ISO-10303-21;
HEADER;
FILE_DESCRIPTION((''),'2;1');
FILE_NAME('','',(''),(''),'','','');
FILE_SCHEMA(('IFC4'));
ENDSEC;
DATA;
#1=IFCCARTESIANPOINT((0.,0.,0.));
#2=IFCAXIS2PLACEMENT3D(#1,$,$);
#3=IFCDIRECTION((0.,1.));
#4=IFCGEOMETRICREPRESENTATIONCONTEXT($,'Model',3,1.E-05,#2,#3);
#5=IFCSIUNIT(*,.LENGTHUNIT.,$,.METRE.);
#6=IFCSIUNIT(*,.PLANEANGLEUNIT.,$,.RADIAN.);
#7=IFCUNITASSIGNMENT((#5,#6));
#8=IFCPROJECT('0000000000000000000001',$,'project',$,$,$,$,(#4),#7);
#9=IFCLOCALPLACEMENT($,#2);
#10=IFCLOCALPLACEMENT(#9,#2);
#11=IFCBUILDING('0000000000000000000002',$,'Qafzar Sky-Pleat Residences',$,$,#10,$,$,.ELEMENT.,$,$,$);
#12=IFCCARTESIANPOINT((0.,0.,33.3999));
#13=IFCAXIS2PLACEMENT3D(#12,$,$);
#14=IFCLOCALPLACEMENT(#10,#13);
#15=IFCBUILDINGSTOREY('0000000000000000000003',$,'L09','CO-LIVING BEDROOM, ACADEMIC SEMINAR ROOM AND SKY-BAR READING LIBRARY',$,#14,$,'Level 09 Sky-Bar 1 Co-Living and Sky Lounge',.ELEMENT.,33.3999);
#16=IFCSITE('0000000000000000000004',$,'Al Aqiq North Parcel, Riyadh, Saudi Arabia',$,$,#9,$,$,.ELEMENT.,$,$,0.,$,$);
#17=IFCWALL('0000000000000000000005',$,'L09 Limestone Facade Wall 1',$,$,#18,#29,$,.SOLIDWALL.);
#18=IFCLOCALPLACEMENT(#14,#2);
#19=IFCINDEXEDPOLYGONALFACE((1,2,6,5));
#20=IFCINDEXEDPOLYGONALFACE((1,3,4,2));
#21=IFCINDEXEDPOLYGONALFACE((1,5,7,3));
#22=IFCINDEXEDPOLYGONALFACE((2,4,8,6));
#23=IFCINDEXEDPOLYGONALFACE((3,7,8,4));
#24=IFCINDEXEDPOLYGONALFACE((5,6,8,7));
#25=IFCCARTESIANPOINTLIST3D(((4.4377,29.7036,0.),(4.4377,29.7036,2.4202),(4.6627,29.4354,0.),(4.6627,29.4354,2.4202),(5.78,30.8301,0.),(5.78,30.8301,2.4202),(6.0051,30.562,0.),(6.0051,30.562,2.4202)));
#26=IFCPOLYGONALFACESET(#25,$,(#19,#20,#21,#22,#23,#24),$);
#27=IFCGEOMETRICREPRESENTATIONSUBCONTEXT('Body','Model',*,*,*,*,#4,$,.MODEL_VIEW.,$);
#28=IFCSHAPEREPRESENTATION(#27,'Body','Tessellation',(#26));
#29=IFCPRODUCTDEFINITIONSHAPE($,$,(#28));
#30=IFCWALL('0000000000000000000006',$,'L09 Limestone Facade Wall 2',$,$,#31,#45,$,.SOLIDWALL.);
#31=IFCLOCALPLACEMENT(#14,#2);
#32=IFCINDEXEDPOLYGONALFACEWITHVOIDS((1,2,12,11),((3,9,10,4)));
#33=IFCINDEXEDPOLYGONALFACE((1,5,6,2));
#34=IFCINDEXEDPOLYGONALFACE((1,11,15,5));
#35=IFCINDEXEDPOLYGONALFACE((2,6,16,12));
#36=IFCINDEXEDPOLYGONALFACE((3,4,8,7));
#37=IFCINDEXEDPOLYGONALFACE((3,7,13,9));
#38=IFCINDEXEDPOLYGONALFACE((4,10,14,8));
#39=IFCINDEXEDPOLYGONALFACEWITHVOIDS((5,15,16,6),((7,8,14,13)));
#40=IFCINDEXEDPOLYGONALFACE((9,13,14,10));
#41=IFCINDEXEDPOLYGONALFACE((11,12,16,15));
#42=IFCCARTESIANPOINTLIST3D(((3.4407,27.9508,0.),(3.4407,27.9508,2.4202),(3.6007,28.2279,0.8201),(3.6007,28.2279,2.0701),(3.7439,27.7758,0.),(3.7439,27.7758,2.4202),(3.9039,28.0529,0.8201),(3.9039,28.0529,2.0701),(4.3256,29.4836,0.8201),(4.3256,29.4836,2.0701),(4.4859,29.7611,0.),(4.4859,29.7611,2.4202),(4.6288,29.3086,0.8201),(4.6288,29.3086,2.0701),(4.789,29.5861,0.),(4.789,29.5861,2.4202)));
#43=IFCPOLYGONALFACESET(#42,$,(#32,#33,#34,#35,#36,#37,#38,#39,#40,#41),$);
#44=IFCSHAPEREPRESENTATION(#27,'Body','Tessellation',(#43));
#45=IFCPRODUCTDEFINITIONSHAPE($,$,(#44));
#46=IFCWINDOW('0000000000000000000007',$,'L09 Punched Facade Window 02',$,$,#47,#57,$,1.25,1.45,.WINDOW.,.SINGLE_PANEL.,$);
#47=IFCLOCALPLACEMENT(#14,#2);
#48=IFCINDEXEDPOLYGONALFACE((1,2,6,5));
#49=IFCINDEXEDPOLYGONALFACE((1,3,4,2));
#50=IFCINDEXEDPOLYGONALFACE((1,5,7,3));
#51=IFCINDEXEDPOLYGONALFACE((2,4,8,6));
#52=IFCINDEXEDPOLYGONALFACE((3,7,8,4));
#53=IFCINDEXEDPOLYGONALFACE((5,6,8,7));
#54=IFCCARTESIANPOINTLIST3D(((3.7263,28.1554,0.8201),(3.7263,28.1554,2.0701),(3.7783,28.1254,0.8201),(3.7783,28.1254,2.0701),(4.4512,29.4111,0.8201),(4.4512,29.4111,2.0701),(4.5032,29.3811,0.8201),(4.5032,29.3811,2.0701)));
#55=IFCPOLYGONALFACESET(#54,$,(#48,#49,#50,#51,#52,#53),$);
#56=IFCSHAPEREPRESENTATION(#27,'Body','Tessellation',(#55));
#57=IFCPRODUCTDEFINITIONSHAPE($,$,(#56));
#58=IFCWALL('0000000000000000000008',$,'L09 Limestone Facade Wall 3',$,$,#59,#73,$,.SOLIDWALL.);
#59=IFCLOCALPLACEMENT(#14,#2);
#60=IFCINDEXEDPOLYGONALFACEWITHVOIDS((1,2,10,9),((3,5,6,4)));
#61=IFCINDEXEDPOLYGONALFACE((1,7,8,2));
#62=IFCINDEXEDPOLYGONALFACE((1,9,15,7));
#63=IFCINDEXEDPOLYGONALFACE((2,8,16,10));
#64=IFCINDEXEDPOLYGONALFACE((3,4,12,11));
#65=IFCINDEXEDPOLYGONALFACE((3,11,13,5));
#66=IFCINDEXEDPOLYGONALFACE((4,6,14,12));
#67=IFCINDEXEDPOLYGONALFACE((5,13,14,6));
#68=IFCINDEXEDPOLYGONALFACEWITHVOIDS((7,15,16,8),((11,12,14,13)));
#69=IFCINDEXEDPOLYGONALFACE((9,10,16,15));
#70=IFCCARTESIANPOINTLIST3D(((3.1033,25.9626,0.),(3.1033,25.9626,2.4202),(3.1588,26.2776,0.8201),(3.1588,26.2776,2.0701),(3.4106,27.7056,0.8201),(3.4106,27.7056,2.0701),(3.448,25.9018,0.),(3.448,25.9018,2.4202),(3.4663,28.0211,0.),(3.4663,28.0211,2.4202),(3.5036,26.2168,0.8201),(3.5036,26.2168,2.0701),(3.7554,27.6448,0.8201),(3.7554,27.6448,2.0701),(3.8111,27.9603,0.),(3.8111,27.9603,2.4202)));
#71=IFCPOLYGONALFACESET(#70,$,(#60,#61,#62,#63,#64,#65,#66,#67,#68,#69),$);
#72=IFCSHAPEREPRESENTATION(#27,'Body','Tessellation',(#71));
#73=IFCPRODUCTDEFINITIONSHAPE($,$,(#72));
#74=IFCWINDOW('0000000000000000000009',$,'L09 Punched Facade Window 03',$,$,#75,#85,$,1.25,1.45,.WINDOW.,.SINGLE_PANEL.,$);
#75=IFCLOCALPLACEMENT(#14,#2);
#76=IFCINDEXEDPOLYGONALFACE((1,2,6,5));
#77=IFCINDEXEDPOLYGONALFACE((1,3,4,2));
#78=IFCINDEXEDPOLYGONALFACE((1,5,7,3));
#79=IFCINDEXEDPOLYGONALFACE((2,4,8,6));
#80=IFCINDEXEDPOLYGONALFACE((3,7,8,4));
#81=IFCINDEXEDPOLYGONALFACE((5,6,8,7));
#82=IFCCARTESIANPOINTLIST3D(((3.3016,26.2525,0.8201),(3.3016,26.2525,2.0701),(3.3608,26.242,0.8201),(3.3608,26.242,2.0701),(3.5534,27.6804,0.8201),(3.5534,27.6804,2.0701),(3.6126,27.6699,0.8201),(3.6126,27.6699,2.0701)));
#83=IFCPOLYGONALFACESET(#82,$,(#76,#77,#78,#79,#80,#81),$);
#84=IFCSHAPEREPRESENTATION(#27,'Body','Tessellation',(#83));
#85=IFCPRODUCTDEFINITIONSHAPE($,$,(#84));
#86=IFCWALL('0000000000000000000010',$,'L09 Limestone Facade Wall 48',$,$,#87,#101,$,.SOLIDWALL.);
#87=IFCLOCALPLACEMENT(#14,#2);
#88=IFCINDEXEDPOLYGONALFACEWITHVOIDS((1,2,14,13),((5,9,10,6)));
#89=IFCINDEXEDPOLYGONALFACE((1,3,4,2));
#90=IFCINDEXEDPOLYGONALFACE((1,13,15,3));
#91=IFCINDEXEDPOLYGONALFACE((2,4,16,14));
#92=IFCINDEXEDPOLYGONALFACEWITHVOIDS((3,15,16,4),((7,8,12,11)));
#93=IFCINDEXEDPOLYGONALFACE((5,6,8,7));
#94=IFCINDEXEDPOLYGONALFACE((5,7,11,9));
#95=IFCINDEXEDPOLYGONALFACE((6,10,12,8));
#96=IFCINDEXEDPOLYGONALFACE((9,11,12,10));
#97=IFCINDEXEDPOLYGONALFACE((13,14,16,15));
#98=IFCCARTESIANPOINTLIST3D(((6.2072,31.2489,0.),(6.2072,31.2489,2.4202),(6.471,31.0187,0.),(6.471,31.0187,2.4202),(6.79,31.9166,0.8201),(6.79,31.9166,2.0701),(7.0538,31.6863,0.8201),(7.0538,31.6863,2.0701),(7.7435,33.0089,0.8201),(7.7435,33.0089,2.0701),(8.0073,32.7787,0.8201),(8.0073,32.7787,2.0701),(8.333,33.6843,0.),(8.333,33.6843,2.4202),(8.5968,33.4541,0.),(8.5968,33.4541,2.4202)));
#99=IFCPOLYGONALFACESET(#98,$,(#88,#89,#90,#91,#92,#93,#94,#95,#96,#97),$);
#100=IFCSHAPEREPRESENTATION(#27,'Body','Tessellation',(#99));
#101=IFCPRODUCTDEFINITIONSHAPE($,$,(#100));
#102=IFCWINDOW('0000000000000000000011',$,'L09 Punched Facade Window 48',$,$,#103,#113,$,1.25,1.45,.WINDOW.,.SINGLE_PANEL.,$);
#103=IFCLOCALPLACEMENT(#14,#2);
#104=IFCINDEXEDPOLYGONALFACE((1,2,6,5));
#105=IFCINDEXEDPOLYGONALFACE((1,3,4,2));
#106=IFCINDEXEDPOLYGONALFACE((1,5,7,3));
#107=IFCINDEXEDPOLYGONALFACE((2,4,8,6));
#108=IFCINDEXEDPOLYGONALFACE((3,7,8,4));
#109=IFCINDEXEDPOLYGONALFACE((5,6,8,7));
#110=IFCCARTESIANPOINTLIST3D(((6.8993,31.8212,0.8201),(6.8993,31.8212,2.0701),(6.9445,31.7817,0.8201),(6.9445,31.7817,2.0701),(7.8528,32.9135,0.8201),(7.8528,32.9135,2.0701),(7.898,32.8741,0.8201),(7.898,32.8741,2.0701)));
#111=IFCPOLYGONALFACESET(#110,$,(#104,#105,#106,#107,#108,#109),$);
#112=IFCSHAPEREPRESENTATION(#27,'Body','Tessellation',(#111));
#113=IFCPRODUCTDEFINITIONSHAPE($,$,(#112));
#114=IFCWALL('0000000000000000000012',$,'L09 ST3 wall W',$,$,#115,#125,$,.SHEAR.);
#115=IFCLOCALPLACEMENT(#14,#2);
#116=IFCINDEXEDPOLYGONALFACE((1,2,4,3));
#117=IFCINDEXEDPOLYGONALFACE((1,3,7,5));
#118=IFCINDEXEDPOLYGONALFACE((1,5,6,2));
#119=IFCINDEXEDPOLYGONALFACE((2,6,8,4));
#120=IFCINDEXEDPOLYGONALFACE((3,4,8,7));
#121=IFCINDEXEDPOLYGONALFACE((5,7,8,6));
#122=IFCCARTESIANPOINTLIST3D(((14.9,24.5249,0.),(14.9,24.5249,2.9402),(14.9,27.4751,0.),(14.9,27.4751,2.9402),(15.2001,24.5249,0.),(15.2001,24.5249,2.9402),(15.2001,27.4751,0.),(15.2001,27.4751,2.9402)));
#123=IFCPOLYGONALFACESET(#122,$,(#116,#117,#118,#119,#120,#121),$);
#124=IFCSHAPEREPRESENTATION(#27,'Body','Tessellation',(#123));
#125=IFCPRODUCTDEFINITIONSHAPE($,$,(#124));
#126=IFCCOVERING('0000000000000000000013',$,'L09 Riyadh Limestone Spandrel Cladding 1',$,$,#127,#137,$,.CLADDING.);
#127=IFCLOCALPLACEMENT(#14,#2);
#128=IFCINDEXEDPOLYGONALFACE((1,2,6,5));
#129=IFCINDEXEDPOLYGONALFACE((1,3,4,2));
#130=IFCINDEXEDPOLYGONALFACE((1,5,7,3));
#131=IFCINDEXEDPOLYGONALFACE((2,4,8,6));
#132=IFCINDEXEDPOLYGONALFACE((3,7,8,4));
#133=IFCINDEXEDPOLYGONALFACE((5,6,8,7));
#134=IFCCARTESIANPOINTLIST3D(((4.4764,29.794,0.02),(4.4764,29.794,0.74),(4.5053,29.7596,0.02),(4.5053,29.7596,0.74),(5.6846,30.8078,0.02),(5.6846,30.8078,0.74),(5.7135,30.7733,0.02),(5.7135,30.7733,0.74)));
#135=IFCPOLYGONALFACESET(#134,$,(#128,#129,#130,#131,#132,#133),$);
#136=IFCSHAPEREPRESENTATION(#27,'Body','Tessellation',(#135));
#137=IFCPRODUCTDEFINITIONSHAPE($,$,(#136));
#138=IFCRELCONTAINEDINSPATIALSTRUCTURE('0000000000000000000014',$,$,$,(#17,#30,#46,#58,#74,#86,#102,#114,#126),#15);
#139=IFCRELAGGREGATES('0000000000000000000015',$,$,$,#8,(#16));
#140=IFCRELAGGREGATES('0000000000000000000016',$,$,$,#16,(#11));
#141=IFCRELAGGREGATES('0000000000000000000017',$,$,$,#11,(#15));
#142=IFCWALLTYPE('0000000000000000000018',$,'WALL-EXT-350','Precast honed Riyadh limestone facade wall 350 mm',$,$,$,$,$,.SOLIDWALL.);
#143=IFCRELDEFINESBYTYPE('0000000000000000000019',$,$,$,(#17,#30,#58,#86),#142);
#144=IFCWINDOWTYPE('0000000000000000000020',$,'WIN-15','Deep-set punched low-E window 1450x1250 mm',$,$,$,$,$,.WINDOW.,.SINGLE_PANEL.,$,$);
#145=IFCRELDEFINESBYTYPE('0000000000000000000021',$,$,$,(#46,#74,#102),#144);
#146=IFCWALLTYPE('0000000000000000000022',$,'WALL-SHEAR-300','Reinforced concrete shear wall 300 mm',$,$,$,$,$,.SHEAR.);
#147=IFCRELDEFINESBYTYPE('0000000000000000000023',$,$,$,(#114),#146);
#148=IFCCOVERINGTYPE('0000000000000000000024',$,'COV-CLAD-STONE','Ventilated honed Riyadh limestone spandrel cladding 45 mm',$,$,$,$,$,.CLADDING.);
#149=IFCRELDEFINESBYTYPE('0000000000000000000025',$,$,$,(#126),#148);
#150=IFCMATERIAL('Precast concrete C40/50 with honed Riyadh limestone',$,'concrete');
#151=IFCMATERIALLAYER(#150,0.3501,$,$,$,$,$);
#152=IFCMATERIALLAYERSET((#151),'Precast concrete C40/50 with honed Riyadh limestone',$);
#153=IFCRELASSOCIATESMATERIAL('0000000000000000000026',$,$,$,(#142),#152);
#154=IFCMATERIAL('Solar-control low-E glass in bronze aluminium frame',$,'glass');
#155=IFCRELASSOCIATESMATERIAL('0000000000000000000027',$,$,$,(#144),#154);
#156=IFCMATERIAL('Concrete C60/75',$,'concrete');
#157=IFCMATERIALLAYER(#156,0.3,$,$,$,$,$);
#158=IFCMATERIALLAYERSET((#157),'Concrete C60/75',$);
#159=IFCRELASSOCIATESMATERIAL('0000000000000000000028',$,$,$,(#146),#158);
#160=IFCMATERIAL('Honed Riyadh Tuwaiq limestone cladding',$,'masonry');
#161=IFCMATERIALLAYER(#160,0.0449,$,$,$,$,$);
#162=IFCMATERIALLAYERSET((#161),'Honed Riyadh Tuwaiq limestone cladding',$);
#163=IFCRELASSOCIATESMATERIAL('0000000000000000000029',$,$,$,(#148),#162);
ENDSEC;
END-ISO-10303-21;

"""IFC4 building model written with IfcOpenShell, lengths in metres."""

from ifc_helpers import new_model, si_unit, direction, frame, frame_2d, origin, origin_2d, place, context, subcontext, project, spatial, rectangle, extrude, source, transform, mapped, material, layer, layer_set, type_object, element, fill, save


model = new_model("IFC4")

# Units and contexts
model_context = context("Model", 3, precision=1e-05, world=origin(), true_north=direction((0.0, 1.0)))
body_context = subcontext(model_context, "Body", "Model", "MODEL_VIEW")
ifc_project = project(units=[si_unit("LENGTHUNIT", "METRE"), si_unit("PLANEANGLEUNIT", "RADIAN")], contexts=[model_context])

# Site, building, storey
site_placement = place(None, origin())
site = spatial("IfcSite", under=ifc_project, at=site_placement, Name="Al Aqiq North Parcel, Riyadh, Saudi Arabia", CompositionType="ELEMENT", RefElevation=0.0)
building_placement = place(site_placement, origin())
building = spatial("IfcBuilding", under=site, at=building_placement, Name="Qafzar Sky-Pleat Residences", CompositionType="ELEMENT")
storey_placement = place(building_placement, frame((0.0, 0.0, 33.3999)))
storey = spatial("IfcBuildingStorey", under=building, at=storey_placement, Name="L09", Description="CO-LIVING BEDROOM, ACADEMIC SEMINAR ROOM AND SKY-BAR READING LIBRARY", LongName="Level 09 Sky-Bar 1 Co-Living and Sky Lounge", CompositionType="ELEMENT", Elevation=33.3999)

# Shared definitions
ifc_material_1 = material(Name="Concrete C60/75", Category="concrete")

# Wall
ifc_material_2 = material(Name="Precast concrete C40/50 with honed Riyadh limestone", Category="concrete")
ifc_layer_1 = layer(ifc_material_2, 0.3501)
ifc_layer_set_1 = layer_set([ifc_layer_1], Name="Precast concrete C40/50 with honed Riyadh limestone")
wall_type_1 = type_object("IfcWallType", Name="WALL-EXT-350", Description="Precast honed Riyadh limestone facade wall 350 mm", PredefinedType="SOLIDWALL", material=ifc_layer_set_1)
wall_1_placement = place(storey_placement, frame((5.8926, 30.696, 0.0), z_axis=(0.0, 0.0, 1.0), x_axis=(-0.766001, -0.642839, 0.0)))
element("IfcWall", 1, at=wall_1_placement, inside=storey, type_object=wall_type_1, Name="L09 Limestone Facade Wall 1", PredefinedType="SOLIDWALL", context=body_context, shape_type="SweptSolid", body=[
    extrude(rectangle(XDim=1.7524, YDim=0.3501, at=frame_2d((0.8762, 0.0))), origin(), (0.0, 0.0, 1.0), 2.4202),
])

# Walls, openings, windows
wall_2_placement = place(storey_placement, frame((4.6375, 29.6736, 0.0), z_axis=(0.0, 0.0, 1.0), x_axis=(-0.499995, -0.866028, 0.0)))
wall_2 = element("IfcWall", 2, at=wall_2_placement, inside=storey, type_object=wall_type_1, Name="L09 Limestone Facade Wall 2", PredefinedType="SOLIDWALL", context=body_context, shape_type="SweptSolid", body=[
    extrude(rectangle(XDim=2.0903, YDim=0.3501, at=frame_2d((1.0452, 0.0))), origin(), (0.0, 0.0, 1.0), 2.4202),
])
opening_1_placement = place(wall_2_placement, frame((0.3203, 0.0, 0.8201)))
opening_1 = element("IfcOpeningElement", 3, at=opening_1_placement, cuts=wall_2, PredefinedType="OPENING", context=body_context, shape_type="SweptSolid", body=[
    extrude(rectangle(XDim=1.45, YDim=1.25, at=frame_2d((0.7251, 0.625))), frame((0.0, 0.1851, 0.0), z_axis=(0.0, -1.0, 0.0), x_axis=(1.0, 0.0, 0.0)), (0.0, 0.0, 1.0), 0.3701),
])
ifc_material_3 = material(Name="Solar-control low-E glass in bronze aluminium frame", Category="glass")
window_type = type_object("IfcWindowType", Name="WIN-15", Description="Deep-set punched low-E window 1450x1250 mm", PartitioningType="SINGLE_PANEL", PredefinedType="WINDOW", material=ifc_material_3)
shared_shape_1 = source(origin(), body_context, "Body", "SweptSolid", [
    extrude(rectangle(XDim=1.45, YDim=1.25, at=frame_2d((0.7251, 0.625))), frame((0.0, 0.03, 0.0), z_axis=(0.0, -1.0, 0.0), x_axis=(1.0, 0.0, 0.0)), (0.0, 0.0, 1.0), 0.0601),
])
window_1_placement = place(opening_1_placement, origin())
window_1 = element("IfcWindow", 4, at=window_1_placement, inside=storey, type_object=window_type, Name="L09 Punched Facade Window 02", OverallHeight=1.25, OverallWidth=1.45, PartitioningType="SINGLE_PANEL", PredefinedType="WINDOW", context=body_context, shape_type="MappedRepresentation", body=[
    mapped(shared_shape_1, transform((0.0, 0.0, 0.0), x_axis=(1.0, 0.0, 0.0), y_axis=(0.0, 1.0, 0.0), z_axis=(0.0, 0.0, 1.0), scale=1.0)),
])
fill(opening_1, window_1)
wall_3_placement = place(storey_placement, frame((3.6387, 27.9907, 0.0), z_axis=(0.0, 0.0, 1.0), x_axis=(-0.173672, -0.984804, 0.0)))
wall_3 = element("IfcWall", 5, at=wall_3_placement, inside=storey, type_object=wall_type_1, Name="L09 Limestone Facade Wall 3", PredefinedType="SOLIDWALL", context=body_context, shape_type="SweptSolid", body=[
    extrude(rectangle(XDim=2.0903, YDim=0.3501, at=frame_2d((1.0452, 0.0))), origin(), (0.0, 0.0, 1.0), 2.4202),
])
opening_2_placement = place(wall_3_placement, frame((0.3203, 0.0, 0.8201)))
opening_2 = element("IfcOpeningElement", 6, at=opening_2_placement, cuts=wall_3, PredefinedType="OPENING", context=body_context, shape_type="SweptSolid", body=[
    extrude(rectangle(XDim=1.45, YDim=1.25, at=frame_2d((0.7251, 0.625))), frame((0.0, 0.1851, 0.0), z_axis=(0.0, -1.0, 0.0), x_axis=(1.0, 0.0, 0.0)), (0.0, 0.0, 1.0), 0.3701),
])
window_2_placement = place(opening_2_placement, origin())
window_2 = element("IfcWindow", 7, at=window_2_placement, inside=storey, type_object=window_type, Name="L09 Punched Facade Window 03", OverallHeight=1.25, OverallWidth=1.45, PartitioningType="SINGLE_PANEL", PredefinedType="WINDOW", context=body_context, shape_type="MappedRepresentation", body=[
    mapped(shared_shape_1, transform((0.0, 0.0, 0.0), x_axis=(1.0, 0.0, 0.0), y_axis=(0.0, 1.0, 0.0), z_axis=(0.0, 0.0, 1.0), scale=1.0)),
])
fill(opening_2, window_2)
wall_4_placement = place(storey_placement, frame((8.4648, 33.5691, 0.0), z_axis=(0.0, 0.0, 1.0), x_axis=(-0.657601, -0.753367, 0.0)))
wall_4 = element("IfcWall", 8, at=wall_4_placement, inside=storey, type_object=wall_type_1, Name="L09 Limestone Facade Wall 48", PredefinedType="SOLIDWALL", context=body_context, shape_type="SweptSolid", body=[
    extrude(rectangle(XDim=3.2327, YDim=0.3501, at=frame_2d((1.6162, 0.0))), origin(), (0.0, 0.0, 1.0), 2.4202),
])
opening_3_placement = place(wall_4_placement, frame((0.8962, 0.0, 0.8201)))
opening_3 = element("IfcOpeningElement", 9, at=opening_3_placement, cuts=wall_4, PredefinedType="OPENING", context=body_context, shape_type="SweptSolid", body=[
    extrude(rectangle(XDim=1.45, YDim=1.25, at=frame_2d((0.7251, 0.625))), frame((0.0, 0.1851, 0.0), z_axis=(0.0, -1.0, 0.0), x_axis=(1.0, 0.0, 0.0)), (0.0, 0.0, 1.0), 0.3701),
])
window_3_placement = place(opening_3_placement, origin())
window_3 = element("IfcWindow", 10, at=window_3_placement, inside=storey, type_object=window_type, Name="L09 Punched Facade Window 48", OverallHeight=1.25, OverallWidth=1.45, PartitioningType="SINGLE_PANEL", PredefinedType="WINDOW", context=body_context, shape_type="MappedRepresentation", body=[
    mapped(shared_shape_1, transform((0.0, 0.0, 0.0), x_axis=(1.0, 0.0, 0.0), y_axis=(0.0, 1.0, 0.0), z_axis=(0.0, 0.0, 1.0), scale=1.0)),
])
fill(opening_3, window_3)

# Wall
ifc_layer_2 = layer(ifc_material_1, 0.3)
ifc_layer_set_2 = layer_set([ifc_layer_2], Name="Concrete C60/75")
wall_type_2 = type_object("IfcWallType", Name="WALL-SHEAR-300", Description="Reinforced concrete shear wall 300 mm", PredefinedType="SHEAR", material=ifc_layer_set_2)
wall_5_placement = place(storey_placement, frame((15.05, 27.4751, 0.0), z_axis=(0.0, 0.0, 1.0), x_axis=(0.0, -1.0, 0.0)))
element("IfcWall", 11, at=wall_5_placement, inside=storey, type_object=wall_type_2, Name="L09 ST3 wall W", PredefinedType="SHEAR", context=body_context, shape_type="SweptSolid", body=[
    extrude(rectangle(XDim=2.9502, YDim=0.3, at=frame_2d((1.4751, 0.0))), origin(), (0.0, 0.0, 1.0), 2.9402),
])

# Covering
ifc_material_4 = material(Name="Honed Riyadh Tuwaiq limestone cladding", Category="masonry")
ifc_layer_3 = layer(ifc_material_4, 0.0449)
ifc_layer_set_3 = layer_set([ifc_layer_3], Name="Honed Riyadh Tuwaiq limestone cladding")
covering_type = type_object("IfcCoveringType", Name="COV-CLAD-STONE", Description="Ventilated honed Riyadh limestone spandrel cladding 45 mm", PredefinedType="CLADDING", material=ifc_layer_set_3)
shared_shape_2 = source(origin(), body_context, "Body", "SweptSolid", [
    extrude(rectangle(XDim=1.5771, YDim=0.0449, at=origin_2d()), origin(), (0.0, 0.0, 1.0), 0.72),
])
covering_placement = place(storey_placement, frame((5.095, 30.2837, 0.02), z_axis=(0.0, 0.0, 1.0), x_axis=(-0.766075, -0.642752, 0.0)))
element("IfcCovering", 12, at=covering_placement, inside=storey, type_object=covering_type, Name="L09 Riyadh Limestone Spandrel Cladding 1", PredefinedType="CLADDING", context=body_context, shape_type="MappedRepresentation", body=[
    mapped(shared_shape_2, transform((0.0, 0.0, 0.0), x_axis=(1.0, 0.0, 0.0), y_axis=(0.0, 1.0, 0.0), z_axis=(0.0, 0.0, 1.0), scale=1.0)),
])

save(model, "model.ifc")
